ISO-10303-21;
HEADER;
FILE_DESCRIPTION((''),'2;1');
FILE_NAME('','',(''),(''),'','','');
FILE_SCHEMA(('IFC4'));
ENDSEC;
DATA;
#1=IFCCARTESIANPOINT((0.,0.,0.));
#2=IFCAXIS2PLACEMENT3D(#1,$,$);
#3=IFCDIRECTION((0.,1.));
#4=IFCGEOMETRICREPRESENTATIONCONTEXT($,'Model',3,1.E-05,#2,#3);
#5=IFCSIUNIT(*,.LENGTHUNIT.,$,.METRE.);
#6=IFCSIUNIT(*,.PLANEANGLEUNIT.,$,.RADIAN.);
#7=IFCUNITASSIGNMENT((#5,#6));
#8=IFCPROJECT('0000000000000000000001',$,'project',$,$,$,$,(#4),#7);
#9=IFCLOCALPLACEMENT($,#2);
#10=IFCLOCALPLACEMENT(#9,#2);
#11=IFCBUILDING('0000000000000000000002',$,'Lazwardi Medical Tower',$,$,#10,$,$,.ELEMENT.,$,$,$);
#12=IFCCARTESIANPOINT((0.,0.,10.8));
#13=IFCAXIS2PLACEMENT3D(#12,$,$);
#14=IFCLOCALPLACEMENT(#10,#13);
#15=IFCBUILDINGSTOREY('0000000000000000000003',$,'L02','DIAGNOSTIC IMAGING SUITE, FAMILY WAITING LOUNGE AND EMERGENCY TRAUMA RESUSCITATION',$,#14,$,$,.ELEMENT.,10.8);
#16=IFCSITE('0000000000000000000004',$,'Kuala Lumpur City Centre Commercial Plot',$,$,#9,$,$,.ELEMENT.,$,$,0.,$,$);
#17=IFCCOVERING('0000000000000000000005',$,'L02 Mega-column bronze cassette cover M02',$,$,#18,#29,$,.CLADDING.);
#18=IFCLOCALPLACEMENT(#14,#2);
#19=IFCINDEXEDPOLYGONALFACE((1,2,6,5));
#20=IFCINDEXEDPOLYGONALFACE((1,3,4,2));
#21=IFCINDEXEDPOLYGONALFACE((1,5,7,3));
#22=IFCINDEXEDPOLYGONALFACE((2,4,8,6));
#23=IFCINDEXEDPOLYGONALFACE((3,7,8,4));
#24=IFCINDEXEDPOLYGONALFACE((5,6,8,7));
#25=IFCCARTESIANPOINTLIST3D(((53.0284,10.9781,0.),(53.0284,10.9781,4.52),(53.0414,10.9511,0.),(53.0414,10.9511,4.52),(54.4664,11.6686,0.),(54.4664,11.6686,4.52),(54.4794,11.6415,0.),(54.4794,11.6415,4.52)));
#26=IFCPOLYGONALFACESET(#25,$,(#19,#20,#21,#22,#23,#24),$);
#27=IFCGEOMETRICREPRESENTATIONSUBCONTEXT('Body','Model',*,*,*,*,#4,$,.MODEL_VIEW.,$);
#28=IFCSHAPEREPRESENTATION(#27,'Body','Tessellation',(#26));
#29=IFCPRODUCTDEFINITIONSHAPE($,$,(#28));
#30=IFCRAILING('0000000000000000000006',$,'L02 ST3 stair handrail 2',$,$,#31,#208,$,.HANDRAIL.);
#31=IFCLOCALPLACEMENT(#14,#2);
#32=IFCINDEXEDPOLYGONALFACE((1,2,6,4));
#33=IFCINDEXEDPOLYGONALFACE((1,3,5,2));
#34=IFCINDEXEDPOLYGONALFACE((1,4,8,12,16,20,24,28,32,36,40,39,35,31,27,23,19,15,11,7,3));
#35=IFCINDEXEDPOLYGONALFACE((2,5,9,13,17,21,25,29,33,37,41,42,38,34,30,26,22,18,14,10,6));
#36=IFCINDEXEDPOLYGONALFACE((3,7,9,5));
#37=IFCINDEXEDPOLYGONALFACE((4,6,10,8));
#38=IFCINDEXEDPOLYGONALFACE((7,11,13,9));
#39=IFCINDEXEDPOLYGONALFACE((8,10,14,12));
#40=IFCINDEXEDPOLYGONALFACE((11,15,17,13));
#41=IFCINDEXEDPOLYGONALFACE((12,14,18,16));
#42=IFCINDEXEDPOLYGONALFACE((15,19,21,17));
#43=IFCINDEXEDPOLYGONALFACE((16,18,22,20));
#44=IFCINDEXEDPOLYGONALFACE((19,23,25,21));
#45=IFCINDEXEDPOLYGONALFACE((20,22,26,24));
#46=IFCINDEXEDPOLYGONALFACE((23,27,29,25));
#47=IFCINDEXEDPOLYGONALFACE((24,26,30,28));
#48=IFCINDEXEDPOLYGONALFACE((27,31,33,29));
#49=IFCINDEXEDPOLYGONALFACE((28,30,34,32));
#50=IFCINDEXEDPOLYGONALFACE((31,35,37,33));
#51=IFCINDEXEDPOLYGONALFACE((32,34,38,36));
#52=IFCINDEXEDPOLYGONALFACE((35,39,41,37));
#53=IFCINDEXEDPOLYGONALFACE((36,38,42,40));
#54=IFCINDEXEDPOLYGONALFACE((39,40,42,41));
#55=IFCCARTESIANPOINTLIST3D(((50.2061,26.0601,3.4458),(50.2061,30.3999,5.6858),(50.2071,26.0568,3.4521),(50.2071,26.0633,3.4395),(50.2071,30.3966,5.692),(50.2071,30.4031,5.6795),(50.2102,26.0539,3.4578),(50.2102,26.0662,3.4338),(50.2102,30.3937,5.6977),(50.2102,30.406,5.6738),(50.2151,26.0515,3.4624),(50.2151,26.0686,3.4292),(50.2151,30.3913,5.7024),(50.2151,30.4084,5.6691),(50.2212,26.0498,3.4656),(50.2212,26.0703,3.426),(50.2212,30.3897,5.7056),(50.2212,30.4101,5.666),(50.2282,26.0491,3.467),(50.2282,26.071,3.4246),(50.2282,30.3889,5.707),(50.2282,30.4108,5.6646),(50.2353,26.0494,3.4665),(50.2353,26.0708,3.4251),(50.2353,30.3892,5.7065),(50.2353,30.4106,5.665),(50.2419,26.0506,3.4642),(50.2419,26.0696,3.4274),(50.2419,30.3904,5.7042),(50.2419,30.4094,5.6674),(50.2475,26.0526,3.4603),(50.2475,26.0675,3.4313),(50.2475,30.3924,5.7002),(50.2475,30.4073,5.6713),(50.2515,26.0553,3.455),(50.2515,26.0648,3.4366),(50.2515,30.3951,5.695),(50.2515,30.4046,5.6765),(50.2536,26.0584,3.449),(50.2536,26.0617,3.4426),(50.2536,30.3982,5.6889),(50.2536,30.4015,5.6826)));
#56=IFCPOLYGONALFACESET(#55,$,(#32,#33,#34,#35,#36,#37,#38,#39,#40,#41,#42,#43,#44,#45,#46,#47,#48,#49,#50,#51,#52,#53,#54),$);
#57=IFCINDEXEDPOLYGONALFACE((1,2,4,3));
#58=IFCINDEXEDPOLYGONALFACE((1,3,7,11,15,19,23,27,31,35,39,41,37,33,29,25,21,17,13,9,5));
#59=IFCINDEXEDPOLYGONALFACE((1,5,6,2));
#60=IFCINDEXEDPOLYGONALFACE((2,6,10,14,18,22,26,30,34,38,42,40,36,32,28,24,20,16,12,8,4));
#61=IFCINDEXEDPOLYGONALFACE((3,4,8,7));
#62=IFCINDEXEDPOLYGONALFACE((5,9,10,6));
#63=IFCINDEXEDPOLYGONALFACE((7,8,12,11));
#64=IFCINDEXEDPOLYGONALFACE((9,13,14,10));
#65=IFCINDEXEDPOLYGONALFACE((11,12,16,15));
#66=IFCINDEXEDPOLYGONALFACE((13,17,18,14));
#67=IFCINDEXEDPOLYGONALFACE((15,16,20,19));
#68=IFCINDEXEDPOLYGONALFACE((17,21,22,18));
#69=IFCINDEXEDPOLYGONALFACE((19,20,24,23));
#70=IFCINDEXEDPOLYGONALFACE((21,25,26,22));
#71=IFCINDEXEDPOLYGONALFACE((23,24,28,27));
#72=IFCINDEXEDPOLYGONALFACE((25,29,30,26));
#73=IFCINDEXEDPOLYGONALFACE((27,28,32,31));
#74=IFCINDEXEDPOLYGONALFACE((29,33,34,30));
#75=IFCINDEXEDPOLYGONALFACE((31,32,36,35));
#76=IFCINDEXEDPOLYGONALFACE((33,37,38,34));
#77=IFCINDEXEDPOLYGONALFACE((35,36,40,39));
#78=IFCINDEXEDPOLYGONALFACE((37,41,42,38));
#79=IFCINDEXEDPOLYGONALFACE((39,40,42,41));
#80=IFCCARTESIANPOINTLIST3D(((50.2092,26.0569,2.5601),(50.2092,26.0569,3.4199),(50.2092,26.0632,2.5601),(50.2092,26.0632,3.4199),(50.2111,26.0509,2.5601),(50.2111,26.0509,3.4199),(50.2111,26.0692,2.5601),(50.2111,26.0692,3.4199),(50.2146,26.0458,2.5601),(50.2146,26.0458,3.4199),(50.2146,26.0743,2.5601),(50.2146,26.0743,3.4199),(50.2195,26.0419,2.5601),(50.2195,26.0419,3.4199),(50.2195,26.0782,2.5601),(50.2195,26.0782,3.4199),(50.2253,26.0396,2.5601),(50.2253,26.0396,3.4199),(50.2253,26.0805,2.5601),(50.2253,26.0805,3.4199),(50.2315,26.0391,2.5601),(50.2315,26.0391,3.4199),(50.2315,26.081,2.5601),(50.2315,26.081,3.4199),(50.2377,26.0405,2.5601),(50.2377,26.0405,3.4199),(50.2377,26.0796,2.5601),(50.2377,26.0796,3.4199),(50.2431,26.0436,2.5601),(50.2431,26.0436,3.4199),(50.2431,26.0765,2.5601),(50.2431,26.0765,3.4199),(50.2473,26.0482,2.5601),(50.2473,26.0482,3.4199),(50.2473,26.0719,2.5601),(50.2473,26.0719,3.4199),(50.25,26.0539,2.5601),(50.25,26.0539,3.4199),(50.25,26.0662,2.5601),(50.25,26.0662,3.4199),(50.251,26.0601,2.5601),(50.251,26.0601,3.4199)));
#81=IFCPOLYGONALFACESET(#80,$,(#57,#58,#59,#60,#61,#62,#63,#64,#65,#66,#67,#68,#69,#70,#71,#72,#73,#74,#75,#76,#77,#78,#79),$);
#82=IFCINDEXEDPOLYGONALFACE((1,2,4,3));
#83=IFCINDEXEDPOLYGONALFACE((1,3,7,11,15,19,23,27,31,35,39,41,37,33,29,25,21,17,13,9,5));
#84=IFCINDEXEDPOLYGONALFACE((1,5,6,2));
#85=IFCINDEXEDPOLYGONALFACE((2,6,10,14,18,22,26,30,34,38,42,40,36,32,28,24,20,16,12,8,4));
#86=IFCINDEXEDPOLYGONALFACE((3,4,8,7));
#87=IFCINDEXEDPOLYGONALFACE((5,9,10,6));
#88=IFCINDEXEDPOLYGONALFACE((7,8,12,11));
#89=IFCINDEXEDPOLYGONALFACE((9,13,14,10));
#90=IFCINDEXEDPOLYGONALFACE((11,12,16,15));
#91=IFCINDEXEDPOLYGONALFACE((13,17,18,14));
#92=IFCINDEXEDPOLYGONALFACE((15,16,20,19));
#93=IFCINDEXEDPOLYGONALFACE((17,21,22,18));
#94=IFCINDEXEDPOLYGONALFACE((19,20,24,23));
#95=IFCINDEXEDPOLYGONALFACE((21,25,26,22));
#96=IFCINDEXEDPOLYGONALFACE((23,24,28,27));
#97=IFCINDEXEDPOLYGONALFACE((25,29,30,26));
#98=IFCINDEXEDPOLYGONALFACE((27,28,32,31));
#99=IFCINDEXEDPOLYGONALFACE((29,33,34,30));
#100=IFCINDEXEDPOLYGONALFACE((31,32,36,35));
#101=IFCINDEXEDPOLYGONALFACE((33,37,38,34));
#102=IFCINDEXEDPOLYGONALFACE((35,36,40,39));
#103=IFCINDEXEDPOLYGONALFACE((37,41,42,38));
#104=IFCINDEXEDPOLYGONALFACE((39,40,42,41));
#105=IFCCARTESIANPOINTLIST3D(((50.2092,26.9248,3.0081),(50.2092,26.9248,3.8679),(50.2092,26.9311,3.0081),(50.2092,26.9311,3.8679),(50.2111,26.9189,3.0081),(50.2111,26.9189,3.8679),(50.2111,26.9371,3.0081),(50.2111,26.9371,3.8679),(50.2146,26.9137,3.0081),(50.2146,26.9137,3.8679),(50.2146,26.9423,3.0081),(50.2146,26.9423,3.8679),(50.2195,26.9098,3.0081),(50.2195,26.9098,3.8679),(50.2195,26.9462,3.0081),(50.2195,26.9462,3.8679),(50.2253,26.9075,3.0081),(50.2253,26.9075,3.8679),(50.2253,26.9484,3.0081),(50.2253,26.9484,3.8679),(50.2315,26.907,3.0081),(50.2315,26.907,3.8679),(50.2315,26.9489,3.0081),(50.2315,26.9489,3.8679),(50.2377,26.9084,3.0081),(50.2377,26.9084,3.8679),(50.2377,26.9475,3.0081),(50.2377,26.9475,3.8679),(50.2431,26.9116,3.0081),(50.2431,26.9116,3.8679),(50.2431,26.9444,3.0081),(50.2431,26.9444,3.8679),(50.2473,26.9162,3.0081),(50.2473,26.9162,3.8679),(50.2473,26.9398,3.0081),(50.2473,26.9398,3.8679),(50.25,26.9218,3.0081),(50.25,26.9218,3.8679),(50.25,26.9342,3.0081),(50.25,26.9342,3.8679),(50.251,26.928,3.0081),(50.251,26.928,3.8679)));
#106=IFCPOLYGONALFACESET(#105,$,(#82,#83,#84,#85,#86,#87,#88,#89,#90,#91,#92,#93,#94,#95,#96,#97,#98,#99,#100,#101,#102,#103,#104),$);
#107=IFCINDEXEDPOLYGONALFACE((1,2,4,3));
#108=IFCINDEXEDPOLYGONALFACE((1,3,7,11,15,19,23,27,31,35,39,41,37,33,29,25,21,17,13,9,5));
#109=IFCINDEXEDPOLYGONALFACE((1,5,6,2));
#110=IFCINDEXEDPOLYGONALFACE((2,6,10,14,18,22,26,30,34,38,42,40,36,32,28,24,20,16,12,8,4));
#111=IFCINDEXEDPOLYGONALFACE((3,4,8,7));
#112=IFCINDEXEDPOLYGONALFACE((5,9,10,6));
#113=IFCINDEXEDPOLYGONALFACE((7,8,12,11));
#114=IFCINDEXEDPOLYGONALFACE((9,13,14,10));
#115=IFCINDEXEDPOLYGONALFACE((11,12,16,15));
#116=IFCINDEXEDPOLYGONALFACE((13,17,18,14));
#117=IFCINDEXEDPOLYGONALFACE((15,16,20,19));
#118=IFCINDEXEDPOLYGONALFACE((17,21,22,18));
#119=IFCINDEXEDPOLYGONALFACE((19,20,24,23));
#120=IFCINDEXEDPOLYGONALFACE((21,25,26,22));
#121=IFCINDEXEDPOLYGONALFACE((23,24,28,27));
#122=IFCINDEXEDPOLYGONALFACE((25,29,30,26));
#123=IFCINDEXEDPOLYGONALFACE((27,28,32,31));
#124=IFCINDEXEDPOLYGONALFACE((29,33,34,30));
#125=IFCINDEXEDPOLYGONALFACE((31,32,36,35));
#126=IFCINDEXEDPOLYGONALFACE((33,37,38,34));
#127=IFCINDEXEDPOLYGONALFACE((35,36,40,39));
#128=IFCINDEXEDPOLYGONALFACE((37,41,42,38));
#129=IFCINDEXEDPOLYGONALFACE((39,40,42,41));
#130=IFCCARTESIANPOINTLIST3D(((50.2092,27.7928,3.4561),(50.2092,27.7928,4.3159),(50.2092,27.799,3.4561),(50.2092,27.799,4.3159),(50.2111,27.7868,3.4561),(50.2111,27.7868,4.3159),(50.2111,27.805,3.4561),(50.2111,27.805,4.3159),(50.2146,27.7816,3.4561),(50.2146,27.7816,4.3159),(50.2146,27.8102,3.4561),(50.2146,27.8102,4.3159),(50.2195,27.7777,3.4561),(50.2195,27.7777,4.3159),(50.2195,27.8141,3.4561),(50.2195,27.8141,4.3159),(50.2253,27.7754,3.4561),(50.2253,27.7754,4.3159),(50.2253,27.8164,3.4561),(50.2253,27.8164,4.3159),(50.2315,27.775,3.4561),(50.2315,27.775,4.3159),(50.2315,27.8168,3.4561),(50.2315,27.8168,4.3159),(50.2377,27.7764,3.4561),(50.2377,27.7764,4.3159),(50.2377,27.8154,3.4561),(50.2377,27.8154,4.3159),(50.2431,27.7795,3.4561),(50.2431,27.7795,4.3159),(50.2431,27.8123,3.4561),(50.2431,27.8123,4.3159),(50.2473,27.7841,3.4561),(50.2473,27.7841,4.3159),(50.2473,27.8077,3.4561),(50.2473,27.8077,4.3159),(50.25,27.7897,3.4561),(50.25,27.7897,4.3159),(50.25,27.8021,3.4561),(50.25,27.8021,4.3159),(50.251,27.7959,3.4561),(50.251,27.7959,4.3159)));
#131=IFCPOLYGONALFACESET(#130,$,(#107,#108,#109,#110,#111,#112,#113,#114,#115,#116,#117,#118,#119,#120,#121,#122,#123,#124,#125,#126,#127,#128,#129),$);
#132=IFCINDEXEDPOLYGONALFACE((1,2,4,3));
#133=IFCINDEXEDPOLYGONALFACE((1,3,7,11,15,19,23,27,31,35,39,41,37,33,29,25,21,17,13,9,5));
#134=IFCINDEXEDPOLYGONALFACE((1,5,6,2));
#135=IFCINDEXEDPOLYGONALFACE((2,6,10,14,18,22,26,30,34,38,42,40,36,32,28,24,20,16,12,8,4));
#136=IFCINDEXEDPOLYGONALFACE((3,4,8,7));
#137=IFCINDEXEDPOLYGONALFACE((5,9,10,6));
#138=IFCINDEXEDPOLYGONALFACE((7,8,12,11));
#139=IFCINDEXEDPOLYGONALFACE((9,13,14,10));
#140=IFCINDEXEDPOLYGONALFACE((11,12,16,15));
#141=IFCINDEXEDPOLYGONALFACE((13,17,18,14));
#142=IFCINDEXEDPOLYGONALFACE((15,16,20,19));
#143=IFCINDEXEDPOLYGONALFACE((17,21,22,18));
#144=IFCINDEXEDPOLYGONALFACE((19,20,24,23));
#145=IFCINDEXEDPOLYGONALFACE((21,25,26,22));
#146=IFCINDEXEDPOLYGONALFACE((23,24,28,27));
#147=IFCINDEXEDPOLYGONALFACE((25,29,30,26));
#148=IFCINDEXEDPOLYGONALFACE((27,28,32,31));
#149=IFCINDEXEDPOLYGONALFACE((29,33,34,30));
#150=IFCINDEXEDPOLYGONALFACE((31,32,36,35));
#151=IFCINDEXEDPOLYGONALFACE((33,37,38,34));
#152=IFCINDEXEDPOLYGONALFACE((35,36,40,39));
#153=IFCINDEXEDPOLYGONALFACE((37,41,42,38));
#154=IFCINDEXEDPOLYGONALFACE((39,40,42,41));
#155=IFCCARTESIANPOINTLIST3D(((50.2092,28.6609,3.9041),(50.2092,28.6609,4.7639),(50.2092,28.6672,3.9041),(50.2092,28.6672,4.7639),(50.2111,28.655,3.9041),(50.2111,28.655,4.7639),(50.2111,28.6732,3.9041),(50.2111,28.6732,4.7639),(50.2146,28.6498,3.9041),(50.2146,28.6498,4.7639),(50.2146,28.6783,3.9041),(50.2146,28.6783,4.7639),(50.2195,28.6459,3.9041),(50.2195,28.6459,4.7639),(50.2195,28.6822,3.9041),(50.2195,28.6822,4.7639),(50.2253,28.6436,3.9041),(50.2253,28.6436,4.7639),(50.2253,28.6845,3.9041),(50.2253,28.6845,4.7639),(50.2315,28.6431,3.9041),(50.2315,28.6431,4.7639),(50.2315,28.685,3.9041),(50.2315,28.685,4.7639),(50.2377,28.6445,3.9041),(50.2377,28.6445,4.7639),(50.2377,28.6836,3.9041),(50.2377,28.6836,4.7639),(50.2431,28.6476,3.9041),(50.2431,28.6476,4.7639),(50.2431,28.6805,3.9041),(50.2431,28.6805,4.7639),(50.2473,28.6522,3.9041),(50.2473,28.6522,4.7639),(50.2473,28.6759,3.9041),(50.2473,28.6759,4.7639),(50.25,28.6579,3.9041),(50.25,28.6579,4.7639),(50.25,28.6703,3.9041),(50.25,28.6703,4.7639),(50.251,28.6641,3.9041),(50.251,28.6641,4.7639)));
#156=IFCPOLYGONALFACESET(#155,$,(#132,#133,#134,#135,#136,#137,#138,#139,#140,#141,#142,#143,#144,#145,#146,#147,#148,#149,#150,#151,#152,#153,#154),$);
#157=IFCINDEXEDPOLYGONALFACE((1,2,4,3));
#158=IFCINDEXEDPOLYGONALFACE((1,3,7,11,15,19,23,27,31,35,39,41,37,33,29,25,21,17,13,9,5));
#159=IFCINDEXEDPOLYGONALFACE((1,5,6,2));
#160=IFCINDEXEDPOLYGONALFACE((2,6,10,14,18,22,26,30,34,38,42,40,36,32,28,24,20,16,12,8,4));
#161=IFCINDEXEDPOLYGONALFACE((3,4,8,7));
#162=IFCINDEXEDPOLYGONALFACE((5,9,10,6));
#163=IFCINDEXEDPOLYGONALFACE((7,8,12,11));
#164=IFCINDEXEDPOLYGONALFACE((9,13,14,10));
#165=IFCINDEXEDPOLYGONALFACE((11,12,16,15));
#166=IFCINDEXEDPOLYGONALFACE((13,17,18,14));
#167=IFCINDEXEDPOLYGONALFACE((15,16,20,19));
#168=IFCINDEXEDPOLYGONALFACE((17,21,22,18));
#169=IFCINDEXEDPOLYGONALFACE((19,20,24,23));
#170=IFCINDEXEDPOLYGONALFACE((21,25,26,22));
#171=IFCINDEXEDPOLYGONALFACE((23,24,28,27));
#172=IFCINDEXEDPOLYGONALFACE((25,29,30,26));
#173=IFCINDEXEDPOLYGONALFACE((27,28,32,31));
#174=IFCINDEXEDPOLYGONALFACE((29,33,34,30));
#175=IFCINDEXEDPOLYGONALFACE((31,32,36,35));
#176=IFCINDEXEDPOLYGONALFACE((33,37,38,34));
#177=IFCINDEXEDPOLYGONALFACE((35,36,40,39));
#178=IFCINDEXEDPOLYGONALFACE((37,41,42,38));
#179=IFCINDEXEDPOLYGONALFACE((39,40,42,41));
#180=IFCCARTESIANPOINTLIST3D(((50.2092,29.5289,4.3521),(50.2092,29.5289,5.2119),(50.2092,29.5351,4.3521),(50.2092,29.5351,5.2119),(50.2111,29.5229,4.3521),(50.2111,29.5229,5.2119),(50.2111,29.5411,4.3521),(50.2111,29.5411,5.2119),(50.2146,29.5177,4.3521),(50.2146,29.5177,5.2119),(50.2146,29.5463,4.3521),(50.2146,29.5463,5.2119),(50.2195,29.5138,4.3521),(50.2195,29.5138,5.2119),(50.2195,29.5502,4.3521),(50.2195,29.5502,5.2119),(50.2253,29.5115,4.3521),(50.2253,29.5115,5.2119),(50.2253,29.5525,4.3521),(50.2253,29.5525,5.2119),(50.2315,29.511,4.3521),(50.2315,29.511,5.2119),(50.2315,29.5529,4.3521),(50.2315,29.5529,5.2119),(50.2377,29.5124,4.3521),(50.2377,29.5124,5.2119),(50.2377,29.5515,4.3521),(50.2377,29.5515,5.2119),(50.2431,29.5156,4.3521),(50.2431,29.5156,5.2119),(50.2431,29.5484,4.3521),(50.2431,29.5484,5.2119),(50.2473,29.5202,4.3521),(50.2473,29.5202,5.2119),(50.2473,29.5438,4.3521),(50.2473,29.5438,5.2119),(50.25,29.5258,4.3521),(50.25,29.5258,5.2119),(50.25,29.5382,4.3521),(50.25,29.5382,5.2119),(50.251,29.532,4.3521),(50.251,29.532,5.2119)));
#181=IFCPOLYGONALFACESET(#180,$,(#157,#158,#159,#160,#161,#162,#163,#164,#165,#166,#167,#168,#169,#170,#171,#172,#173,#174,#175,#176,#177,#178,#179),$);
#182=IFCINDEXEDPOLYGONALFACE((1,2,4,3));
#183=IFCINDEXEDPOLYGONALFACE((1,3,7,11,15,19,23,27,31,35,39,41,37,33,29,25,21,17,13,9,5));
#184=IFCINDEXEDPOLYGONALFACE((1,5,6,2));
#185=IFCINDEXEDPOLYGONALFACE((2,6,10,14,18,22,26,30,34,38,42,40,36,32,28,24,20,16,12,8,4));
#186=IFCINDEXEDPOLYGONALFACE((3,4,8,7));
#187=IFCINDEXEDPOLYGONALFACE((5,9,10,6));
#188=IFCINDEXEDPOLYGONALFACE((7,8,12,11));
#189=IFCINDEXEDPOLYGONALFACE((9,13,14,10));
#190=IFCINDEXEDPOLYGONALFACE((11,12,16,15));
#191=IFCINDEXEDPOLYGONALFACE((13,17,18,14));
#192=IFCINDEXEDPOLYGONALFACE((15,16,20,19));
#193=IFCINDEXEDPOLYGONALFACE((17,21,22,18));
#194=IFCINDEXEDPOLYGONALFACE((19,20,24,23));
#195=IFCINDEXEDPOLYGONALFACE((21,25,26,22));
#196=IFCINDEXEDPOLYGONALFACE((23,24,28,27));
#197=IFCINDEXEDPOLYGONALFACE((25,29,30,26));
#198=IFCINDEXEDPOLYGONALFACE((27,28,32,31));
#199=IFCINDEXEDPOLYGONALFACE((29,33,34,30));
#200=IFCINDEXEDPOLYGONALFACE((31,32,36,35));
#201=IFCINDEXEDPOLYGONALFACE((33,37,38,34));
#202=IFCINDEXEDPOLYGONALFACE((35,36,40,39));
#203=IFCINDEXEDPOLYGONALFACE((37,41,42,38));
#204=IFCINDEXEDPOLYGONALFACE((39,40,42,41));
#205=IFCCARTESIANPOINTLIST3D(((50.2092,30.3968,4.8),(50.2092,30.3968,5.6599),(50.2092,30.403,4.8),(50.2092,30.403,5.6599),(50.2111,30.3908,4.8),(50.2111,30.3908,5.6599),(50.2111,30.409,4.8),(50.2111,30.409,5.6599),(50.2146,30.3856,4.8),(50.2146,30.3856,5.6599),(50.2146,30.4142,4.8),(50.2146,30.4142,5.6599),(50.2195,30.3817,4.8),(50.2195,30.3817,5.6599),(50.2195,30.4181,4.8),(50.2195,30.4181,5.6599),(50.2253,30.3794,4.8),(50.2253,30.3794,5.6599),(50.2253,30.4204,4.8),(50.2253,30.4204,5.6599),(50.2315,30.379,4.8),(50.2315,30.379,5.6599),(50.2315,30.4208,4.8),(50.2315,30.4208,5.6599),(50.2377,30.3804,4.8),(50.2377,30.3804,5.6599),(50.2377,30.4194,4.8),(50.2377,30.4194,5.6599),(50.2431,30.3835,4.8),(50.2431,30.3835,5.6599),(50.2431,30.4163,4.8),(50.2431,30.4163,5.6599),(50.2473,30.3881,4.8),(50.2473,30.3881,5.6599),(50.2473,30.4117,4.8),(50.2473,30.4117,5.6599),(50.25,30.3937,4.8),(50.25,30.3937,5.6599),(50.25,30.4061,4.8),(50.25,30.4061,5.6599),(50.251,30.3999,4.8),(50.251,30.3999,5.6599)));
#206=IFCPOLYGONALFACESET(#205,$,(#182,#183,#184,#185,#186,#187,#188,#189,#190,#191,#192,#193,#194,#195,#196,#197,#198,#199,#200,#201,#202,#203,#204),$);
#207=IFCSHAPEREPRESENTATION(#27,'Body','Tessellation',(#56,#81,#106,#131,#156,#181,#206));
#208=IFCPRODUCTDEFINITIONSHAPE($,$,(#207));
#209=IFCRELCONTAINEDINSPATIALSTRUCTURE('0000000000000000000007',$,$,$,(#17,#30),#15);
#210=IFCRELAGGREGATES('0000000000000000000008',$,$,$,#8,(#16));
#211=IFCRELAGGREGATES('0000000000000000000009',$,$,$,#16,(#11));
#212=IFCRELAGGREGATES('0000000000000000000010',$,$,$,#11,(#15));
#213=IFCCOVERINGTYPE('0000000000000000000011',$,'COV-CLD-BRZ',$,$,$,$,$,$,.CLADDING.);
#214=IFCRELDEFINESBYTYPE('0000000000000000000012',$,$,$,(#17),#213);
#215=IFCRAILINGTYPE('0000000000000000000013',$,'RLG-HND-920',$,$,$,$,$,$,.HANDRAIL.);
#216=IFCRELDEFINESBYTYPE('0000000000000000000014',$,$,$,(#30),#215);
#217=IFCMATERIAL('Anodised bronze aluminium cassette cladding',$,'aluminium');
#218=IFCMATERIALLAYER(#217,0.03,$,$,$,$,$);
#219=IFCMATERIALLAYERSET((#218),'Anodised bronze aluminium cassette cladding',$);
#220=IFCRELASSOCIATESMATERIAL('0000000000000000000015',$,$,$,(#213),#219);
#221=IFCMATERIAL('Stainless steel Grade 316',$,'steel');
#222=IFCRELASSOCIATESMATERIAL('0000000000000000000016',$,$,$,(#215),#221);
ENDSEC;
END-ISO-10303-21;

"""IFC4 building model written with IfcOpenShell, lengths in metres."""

from ifc_helpers import new_model, si_unit, direction, frame, origin, origin_2d, place, context, subcontext, project, spatial, rectangle, circle, extrude, material, layer, layer_set, type_object, element, save


model = new_model("IFC4")

# Units and contexts
model_context = context("Model", 3, precision=1e-05, world=origin(), true_north=direction((0.0, 1.0)))
body_context = subcontext(model_context, "Body", "Model", "MODEL_VIEW")
ifc_project = project(units=[si_unit("LENGTHUNIT", "METRE"), si_unit("PLANEANGLEUNIT", "RADIAN")], contexts=[model_context])

# Site, building, storey
site_placement = place(None, origin())
site = spatial("IfcSite", under=ifc_project, at=site_placement, Name="Kuala Lumpur City Centre Commercial Plot", CompositionType="ELEMENT", RefElevation=0.0)
building_placement = place(site_placement, origin())
building = spatial("IfcBuilding", under=site, at=building_placement, Name="Lazwardi Medical Tower", CompositionType="ELEMENT")
storey_placement = place(building_placement, frame((0.0, 0.0, 10.8)))
storey = spatial("IfcBuildingStorey", under=building, at=storey_placement, Name="L02", Description="DIAGNOSTIC IMAGING SUITE, FAMILY WAITING LOUNGE AND EMERGENCY TRAUMA RESUSCITATION", CompositionType="ELEMENT", Elevation=10.8)

# Covering
ifc_material_1 = material(Name="Anodised bronze aluminium cassette cladding", Category="aluminium")
ifc_layer_1 = layer(ifc_material_1, 0.03)
ifc_layer_set_1 = layer_set([ifc_layer_1], Name="Anodised bronze aluminium cassette cladding")
covering_type = type_object("IfcCoveringType", Name="COV-CLD-BRZ", PredefinedType="CLADDING", material=ifc_layer_set_1)
covering_placement = place(storey_placement, frame((53.7539, 11.3098, 0.0), z_axis=(0.0, 0.0, 1.0), x_axis=(0.901484, 0.432813, 0.0)))
element("IfcCovering", 1, at=covering_placement, inside=storey, type_object=covering_type, Name="L02 Mega-column bronze cassette cover M02", PredefinedType="CLADDING", context=body_context, shape_type="SweptSolid", body=[
    extrude(rectangle(XDim=1.5952, YDim=0.03, at=origin_2d()), origin(), (0.0, 0.0, 1.0), 4.52),
])

# Railing
ifc_material_2 = material(Name="Stainless steel Grade 316", Category="steel")
railing_type = type_object("IfcRailingType", Name="RLG-HND-920", PredefinedType="HANDRAIL", material=ifc_material_2)
railing_placement = place(storey_placement, frame((50.23, 26.0601, 2.5601)))
element("IfcRailing", 2, at=railing_placement, inside=storey, type_object=railing_type, Name="L02 ST3 stair handrail 2", PredefinedType="HANDRAIL", context=body_context, shape_type="SweptSolid", body=[
    extrude(circle(Radius=0.0239, at=origin_2d()), frame((0.0, 0.0, 0.8857), z_axis=(0.0, 0.888615, 0.458654), x_axis=(-1.0, 0.0, 0.0)), (0.0, 0.0, 1.0), 4.8838),
    extrude(circle(Radius=0.021, at=origin_2d()), origin(), (0.0, 0.0, 1.0), 0.8599),
    extrude(circle(Radius=0.021, at=origin_2d()), frame((0.0, 0.8679, 0.448)), (0.0, 0.0, 1.0), 0.8599),
    extrude(circle(Radius=0.021, at=origin_2d()), frame((0.0, 1.7358, 0.896)), (0.0, 0.0, 1.0), 0.8599),
    extrude(circle(Radius=0.021, at=origin_2d()), frame((0.0, 2.604, 1.344)), (0.0, 0.0, 1.0), 0.8599),
    extrude(circle(Radius=0.021, at=origin_2d()), frame((0.0, 3.4719, 1.792)), (0.0, 0.0, 1.0), 0.8599),
    extrude(circle(Radius=0.021, at=origin_2d()), frame((0.0, 4.3398, 2.24)), (0.0, 0.0, 1.0), 0.8599),
])

save(model, "model.ifc")
